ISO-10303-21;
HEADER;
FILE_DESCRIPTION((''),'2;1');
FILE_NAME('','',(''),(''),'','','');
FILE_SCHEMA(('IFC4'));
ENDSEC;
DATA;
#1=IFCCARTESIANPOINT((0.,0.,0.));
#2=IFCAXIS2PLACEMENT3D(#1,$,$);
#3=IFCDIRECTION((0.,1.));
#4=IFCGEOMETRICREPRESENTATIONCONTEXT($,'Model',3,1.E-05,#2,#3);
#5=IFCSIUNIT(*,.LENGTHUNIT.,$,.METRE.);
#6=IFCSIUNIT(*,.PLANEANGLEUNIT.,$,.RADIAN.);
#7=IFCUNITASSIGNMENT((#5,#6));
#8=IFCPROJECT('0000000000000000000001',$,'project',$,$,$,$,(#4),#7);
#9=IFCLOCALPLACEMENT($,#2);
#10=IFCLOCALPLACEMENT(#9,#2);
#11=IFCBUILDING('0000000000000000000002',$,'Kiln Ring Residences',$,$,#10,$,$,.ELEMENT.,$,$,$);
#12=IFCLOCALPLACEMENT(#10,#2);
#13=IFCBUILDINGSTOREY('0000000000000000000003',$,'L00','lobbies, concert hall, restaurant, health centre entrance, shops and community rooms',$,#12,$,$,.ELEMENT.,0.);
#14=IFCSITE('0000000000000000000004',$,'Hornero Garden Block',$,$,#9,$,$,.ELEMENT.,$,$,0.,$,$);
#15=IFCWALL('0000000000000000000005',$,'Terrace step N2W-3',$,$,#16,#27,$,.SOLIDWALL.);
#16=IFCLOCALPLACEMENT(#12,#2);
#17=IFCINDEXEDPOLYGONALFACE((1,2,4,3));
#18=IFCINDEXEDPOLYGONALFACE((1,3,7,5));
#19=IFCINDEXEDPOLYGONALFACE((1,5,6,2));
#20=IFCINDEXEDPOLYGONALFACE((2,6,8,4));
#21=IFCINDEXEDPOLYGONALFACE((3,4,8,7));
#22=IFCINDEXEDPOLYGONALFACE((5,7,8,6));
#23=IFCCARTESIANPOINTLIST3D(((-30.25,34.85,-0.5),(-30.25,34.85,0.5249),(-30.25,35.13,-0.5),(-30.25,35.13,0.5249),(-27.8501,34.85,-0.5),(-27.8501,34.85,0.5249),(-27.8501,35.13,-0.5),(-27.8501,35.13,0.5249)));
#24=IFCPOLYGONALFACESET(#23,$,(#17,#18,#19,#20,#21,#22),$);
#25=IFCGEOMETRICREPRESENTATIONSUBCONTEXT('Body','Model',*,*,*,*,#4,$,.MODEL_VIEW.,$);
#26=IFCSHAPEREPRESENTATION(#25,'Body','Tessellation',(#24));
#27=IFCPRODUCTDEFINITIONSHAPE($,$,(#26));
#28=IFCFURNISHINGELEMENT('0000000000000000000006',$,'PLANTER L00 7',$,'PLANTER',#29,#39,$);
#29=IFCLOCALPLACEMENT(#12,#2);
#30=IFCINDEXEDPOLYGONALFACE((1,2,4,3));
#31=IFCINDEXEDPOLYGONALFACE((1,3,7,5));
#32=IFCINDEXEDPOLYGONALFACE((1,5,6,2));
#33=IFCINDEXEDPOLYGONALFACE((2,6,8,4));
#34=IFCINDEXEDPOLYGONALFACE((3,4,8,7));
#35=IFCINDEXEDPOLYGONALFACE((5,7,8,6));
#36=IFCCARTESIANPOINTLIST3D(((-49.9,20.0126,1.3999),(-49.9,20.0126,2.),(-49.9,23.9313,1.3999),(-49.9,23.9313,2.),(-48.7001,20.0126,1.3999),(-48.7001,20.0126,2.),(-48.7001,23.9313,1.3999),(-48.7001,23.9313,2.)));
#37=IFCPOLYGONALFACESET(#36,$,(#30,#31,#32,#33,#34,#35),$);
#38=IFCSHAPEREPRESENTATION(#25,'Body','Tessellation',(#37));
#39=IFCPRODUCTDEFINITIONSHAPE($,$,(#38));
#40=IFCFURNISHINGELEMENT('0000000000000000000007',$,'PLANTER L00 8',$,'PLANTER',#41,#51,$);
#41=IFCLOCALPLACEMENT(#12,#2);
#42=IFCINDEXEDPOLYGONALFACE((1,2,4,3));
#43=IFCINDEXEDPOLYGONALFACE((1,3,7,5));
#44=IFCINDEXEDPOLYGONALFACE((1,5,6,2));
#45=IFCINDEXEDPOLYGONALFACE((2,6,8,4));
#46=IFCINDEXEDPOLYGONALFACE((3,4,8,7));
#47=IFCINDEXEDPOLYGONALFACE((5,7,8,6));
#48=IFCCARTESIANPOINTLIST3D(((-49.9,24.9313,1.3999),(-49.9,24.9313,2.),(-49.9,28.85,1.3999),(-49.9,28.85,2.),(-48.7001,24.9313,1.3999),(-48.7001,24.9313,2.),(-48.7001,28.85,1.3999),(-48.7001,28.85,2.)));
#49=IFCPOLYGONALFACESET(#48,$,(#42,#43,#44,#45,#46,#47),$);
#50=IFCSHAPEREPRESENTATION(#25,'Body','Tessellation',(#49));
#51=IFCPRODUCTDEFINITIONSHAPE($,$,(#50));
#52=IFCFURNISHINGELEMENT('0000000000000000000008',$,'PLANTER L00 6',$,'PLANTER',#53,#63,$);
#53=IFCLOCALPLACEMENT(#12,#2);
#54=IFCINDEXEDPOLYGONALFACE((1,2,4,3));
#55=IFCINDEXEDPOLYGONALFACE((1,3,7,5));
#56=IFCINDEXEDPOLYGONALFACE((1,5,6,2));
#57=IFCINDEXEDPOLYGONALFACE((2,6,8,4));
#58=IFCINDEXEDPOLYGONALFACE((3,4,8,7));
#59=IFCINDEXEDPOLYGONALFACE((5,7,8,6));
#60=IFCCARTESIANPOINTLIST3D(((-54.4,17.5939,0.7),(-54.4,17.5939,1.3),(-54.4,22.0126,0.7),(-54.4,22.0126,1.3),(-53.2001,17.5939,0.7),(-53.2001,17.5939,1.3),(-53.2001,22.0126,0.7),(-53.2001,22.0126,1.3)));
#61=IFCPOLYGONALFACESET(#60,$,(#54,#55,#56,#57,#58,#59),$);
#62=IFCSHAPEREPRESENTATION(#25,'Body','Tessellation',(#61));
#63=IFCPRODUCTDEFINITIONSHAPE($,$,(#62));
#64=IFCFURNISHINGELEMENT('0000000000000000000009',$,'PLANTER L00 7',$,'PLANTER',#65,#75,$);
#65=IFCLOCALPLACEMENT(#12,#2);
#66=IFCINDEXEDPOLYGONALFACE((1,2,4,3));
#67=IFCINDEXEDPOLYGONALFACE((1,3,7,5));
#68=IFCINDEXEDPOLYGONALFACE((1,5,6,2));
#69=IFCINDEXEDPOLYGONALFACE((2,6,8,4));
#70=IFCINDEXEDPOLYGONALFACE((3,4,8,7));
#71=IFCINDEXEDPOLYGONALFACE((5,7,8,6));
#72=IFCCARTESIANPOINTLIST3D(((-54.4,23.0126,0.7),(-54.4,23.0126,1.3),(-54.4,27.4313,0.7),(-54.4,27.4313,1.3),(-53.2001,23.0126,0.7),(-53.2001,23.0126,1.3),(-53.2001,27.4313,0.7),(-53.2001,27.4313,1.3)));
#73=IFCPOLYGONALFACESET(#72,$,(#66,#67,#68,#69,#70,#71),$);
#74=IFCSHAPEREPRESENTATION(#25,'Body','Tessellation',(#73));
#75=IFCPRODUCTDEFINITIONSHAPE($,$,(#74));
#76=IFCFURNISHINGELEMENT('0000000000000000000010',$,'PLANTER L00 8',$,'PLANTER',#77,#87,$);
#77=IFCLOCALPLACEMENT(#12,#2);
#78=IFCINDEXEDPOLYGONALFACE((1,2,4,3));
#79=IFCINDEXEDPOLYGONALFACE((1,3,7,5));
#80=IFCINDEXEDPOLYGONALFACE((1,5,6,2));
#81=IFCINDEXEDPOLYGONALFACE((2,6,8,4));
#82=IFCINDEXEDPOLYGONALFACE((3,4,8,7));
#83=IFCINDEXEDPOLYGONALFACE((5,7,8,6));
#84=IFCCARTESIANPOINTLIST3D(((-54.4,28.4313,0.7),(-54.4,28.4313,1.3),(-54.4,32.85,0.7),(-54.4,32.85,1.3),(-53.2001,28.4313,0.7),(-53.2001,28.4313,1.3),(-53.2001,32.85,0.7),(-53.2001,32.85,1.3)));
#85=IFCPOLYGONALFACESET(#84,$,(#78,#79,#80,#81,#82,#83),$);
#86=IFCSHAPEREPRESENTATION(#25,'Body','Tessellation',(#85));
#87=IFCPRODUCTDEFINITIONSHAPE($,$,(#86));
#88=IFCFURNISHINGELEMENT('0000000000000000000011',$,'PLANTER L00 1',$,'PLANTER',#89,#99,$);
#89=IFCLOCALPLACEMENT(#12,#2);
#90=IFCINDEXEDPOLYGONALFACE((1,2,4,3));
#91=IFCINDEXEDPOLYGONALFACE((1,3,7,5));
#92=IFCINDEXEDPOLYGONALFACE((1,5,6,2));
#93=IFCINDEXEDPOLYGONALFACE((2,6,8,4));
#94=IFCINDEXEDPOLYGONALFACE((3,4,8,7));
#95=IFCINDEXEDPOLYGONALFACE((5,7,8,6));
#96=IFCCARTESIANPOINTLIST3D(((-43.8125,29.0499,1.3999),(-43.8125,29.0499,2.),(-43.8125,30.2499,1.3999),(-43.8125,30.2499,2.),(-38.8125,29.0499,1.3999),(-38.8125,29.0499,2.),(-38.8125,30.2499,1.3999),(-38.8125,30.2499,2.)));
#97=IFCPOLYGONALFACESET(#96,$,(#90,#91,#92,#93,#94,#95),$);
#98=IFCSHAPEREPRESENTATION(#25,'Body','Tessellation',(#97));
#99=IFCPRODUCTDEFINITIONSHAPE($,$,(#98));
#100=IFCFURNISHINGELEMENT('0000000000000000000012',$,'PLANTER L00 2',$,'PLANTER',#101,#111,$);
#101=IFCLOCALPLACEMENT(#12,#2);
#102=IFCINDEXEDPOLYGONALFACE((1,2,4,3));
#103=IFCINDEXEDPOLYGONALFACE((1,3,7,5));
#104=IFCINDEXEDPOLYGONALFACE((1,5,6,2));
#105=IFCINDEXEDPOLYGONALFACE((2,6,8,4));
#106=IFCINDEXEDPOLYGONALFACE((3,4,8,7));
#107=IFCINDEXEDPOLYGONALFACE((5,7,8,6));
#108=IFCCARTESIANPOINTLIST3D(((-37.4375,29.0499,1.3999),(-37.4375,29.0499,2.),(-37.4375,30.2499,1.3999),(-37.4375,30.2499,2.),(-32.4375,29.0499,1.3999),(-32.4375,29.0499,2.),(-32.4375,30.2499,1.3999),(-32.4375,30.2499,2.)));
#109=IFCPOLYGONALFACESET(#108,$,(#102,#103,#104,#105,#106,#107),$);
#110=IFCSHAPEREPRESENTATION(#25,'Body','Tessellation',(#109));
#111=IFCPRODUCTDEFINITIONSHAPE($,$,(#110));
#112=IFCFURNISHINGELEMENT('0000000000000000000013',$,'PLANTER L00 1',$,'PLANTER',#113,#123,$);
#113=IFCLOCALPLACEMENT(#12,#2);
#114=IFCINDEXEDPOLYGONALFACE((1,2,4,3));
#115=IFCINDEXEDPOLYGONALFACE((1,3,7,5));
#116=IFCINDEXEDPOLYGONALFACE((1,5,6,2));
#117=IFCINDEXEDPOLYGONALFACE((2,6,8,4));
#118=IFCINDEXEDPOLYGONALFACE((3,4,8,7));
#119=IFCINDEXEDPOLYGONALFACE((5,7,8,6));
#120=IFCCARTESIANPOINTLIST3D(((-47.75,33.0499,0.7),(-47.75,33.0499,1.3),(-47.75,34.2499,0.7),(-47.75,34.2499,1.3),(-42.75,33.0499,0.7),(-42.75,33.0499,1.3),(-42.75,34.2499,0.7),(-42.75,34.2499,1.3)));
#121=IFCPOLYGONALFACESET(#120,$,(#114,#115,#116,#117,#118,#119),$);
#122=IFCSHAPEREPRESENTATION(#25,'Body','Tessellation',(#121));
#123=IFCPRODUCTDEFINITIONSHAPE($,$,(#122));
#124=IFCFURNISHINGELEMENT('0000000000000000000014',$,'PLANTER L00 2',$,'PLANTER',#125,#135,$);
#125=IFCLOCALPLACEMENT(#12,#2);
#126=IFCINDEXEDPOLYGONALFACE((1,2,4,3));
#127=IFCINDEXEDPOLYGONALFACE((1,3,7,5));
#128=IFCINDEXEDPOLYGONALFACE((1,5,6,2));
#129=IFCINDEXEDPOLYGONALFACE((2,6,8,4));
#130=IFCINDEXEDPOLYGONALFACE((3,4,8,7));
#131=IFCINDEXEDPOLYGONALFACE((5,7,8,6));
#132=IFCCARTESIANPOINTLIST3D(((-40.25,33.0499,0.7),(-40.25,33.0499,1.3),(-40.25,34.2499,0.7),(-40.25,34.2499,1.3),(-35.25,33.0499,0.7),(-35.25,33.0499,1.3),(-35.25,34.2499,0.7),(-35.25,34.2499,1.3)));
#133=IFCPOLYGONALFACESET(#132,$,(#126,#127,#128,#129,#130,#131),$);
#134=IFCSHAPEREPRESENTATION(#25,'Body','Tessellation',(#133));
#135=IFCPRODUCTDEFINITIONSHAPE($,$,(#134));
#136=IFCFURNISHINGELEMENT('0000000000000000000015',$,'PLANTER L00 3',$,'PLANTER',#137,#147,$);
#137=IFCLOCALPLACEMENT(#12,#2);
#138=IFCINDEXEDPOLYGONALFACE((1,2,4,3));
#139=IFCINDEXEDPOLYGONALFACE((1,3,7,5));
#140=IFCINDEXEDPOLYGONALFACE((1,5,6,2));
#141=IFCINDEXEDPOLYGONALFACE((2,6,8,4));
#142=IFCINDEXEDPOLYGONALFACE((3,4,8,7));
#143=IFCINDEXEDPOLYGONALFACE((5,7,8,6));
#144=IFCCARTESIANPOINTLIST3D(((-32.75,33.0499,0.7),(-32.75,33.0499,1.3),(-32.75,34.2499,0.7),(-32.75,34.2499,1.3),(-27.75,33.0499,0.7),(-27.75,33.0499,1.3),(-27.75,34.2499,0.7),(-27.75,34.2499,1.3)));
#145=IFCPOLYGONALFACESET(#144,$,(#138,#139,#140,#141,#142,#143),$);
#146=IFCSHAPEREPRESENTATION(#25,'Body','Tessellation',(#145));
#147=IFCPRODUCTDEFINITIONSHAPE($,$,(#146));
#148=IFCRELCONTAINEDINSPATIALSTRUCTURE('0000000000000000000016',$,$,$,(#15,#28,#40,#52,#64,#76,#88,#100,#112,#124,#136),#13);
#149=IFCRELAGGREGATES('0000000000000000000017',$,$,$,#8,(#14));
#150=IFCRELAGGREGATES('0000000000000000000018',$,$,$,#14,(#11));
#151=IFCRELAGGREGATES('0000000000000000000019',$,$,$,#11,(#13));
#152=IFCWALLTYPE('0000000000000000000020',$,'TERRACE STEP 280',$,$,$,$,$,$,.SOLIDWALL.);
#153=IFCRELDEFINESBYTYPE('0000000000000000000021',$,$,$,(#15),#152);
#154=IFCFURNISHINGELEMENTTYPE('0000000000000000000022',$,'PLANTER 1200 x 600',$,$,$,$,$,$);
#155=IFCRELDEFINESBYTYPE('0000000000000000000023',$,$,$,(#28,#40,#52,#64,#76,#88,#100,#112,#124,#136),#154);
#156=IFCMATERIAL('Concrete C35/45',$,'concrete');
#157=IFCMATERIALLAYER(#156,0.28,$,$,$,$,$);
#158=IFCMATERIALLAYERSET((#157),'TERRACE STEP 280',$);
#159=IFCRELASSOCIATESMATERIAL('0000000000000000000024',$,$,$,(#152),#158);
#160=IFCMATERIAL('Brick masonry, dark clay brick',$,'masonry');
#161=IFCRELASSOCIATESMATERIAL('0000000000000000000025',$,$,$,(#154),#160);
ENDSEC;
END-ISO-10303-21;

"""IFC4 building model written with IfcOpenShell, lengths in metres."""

from ifc_helpers import new_model, si_unit, direction, frame, frame_2d, origin, origin_2d, place, context, subcontext, project, spatial, rectangle, extrude, material, layer, layer_set, type_object, element, save


model = new_model("IFC4")

# Units and contexts
model_context = context("Model", 3, precision=1e-05, world=origin(), true_north=direction((0.0, 1.0)))
body_context = subcontext(model_context, "Body", "Model", "MODEL_VIEW")
ifc_project = project(units=[si_unit("LENGTHUNIT", "METRE"), si_unit("PLANEANGLEUNIT", "RADIAN")], contexts=[model_context])

# Site, building, storey
site_placement = place(None, origin())
site = spatial("IfcSite", under=ifc_project, at=site_placement, Name="Hornero Garden Block", CompositionType="ELEMENT", RefElevation=0.0)
building_placement = place(site_placement, origin())
building = spatial("IfcBuilding", under=site, at=building_placement, Name="Kiln Ring Residences", CompositionType="ELEMENT")
storey_placement = place(building_placement, origin())
storey = spatial("IfcBuildingStorey", under=building, at=storey_placement, Name="L00", Description="lobbies, concert hall, restaurant, health centre entrance, shops and community rooms", CompositionType="ELEMENT", Elevation=0.0)

# Wall
ifc_material_1 = material(Name="Concrete C35/45", Category="concrete")
ifc_layer_1 = layer(ifc_material_1, 0.28)
ifc_layer_set_1 = layer_set([ifc_layer_1], Name="TERRACE STEP 280")
wall_type_1 = type_object("IfcWallType", Name="TERRACE STEP 280", PredefinedType="SOLIDWALL", material=ifc_layer_set_1)
wall_1_placement = place(storey_placement, frame((-30.25, 34.99, -0.5), z_axis=(0.0, 0.0, 1.0), x_axis=(1.0, 0.0, 0.0)))
element("IfcWall", 1, at=wall_1_placement, inside=storey, type_object=wall_type_1, Name="Terrace step N2W-3", PredefinedType="SOLIDWALL", context=body_context, shape_type="SweptSolid", body=[
    extrude(rectangle(XDim=2.3999, YDim=0.28, at=frame_2d((1.2, 0.0))), origin(), (0.0, 0.0, 1.0), 1.0249),
])

# Furnishing elements
ifc_material_2 = material(Name="Brick masonry, dark clay brick", Category="masonry")
furnishing_element_type = type_object("IfcFurnishingElementType", Name="PLANTER 1200 x 600", material=ifc_material_2)
for number, where, z_axis, x_axis, name in (
    (2, (-49.3, 21.9719, 1.3999), (0.0, 0.0, 1.0), (1.0, 0.0, 0.0), "PLANTER L00 7"),
    (3, (-49.3, 26.8906, 1.3999), (0.0, 0.0, 1.0), (1.0, 0.0, 0.0), "PLANTER L00 8"),
):
    element("IfcFurnishingElement", number, at=place(storey_placement, frame(where, z_axis=z_axis, x_axis=x_axis)), inside=storey, type_object=furnishing_element_type, Name=name, ObjectType="PLANTER", context=body_context, shape_type="SweptSolid", body=[
        extrude(rectangle(XDim=1.2, YDim=3.9187, at=origin_2d()), origin(), (0.0, 0.0, 1.0), 0.6001),
    ])
for number, where, z_axis, x_axis, name in (
    (4, (-53.8, 19.8032, 0.7), (0.0, 0.0, 1.0), (1.0, 0.0, 0.0), "PLANTER L00 6"),
    (5, (-53.8, 25.2219, 0.7), (0.0, 0.0, 1.0), (1.0, 0.0, 0.0), "PLANTER L00 7"),
    (6, (-53.8, 30.6406, 0.7), (0.0, 0.0, 1.0), (1.0, 0.0, 0.0), "PLANTER L00 8"),
):
    element("IfcFurnishingElement", number, at=place(storey_placement, frame(where, z_axis=z_axis, x_axis=x_axis)), inside=storey, type_object=furnishing_element_type, Name=name, ObjectType="PLANTER", context=body_context, shape_type="SweptSolid", body=[
        extrude(rectangle(XDim=1.2, YDim=4.4187, at=origin_2d()), origin(), (0.0, 0.0, 1.0), 0.6001),
    ])
for number, where, z_axis, x_axis, name in (
    (7, (-41.3125, 29.6499, 1.3999), (0.0, 0.0, 1.0), (1.0, 0.0, 0.0), "PLANTER L00 1"),
    (8, (-34.9375, 29.6499, 1.3999), (0.0, 0.0, 1.0), (1.0, 0.0, 0.0), "PLANTER L00 2"),
    (9, (-45.25, 33.6499, 0.7), (0.0, 0.0, 1.0), (1.0, 0.0, 0.0), "PLANTER L00 1"),
    (10, (-37.75, 33.6499, 0.7), (0.0, 0.0, 1.0), (1.0, 0.0, 0.0), "PLANTER L00 2"),
    (11, (-30.25, 33.6499, 0.7), (0.0, 0.0, 1.0), (1.0, 0.0, 0.0), "PLANTER L00 3"),
):
    element("IfcFurnishingElement", number, at=place(storey_placement, frame(where, z_axis=z_axis, x_axis=x_axis)), inside=storey, type_object=furnishing_element_type, Name=name, ObjectType="PLANTER", context=body_context, shape_type="SweptSolid", body=[
        extrude(rectangle(XDim=5.0, YDim=1.2, at=origin_2d()), origin(), (0.0, 0.0, 1.0), 0.6001),
    ])

save(model, "model.ifc")
